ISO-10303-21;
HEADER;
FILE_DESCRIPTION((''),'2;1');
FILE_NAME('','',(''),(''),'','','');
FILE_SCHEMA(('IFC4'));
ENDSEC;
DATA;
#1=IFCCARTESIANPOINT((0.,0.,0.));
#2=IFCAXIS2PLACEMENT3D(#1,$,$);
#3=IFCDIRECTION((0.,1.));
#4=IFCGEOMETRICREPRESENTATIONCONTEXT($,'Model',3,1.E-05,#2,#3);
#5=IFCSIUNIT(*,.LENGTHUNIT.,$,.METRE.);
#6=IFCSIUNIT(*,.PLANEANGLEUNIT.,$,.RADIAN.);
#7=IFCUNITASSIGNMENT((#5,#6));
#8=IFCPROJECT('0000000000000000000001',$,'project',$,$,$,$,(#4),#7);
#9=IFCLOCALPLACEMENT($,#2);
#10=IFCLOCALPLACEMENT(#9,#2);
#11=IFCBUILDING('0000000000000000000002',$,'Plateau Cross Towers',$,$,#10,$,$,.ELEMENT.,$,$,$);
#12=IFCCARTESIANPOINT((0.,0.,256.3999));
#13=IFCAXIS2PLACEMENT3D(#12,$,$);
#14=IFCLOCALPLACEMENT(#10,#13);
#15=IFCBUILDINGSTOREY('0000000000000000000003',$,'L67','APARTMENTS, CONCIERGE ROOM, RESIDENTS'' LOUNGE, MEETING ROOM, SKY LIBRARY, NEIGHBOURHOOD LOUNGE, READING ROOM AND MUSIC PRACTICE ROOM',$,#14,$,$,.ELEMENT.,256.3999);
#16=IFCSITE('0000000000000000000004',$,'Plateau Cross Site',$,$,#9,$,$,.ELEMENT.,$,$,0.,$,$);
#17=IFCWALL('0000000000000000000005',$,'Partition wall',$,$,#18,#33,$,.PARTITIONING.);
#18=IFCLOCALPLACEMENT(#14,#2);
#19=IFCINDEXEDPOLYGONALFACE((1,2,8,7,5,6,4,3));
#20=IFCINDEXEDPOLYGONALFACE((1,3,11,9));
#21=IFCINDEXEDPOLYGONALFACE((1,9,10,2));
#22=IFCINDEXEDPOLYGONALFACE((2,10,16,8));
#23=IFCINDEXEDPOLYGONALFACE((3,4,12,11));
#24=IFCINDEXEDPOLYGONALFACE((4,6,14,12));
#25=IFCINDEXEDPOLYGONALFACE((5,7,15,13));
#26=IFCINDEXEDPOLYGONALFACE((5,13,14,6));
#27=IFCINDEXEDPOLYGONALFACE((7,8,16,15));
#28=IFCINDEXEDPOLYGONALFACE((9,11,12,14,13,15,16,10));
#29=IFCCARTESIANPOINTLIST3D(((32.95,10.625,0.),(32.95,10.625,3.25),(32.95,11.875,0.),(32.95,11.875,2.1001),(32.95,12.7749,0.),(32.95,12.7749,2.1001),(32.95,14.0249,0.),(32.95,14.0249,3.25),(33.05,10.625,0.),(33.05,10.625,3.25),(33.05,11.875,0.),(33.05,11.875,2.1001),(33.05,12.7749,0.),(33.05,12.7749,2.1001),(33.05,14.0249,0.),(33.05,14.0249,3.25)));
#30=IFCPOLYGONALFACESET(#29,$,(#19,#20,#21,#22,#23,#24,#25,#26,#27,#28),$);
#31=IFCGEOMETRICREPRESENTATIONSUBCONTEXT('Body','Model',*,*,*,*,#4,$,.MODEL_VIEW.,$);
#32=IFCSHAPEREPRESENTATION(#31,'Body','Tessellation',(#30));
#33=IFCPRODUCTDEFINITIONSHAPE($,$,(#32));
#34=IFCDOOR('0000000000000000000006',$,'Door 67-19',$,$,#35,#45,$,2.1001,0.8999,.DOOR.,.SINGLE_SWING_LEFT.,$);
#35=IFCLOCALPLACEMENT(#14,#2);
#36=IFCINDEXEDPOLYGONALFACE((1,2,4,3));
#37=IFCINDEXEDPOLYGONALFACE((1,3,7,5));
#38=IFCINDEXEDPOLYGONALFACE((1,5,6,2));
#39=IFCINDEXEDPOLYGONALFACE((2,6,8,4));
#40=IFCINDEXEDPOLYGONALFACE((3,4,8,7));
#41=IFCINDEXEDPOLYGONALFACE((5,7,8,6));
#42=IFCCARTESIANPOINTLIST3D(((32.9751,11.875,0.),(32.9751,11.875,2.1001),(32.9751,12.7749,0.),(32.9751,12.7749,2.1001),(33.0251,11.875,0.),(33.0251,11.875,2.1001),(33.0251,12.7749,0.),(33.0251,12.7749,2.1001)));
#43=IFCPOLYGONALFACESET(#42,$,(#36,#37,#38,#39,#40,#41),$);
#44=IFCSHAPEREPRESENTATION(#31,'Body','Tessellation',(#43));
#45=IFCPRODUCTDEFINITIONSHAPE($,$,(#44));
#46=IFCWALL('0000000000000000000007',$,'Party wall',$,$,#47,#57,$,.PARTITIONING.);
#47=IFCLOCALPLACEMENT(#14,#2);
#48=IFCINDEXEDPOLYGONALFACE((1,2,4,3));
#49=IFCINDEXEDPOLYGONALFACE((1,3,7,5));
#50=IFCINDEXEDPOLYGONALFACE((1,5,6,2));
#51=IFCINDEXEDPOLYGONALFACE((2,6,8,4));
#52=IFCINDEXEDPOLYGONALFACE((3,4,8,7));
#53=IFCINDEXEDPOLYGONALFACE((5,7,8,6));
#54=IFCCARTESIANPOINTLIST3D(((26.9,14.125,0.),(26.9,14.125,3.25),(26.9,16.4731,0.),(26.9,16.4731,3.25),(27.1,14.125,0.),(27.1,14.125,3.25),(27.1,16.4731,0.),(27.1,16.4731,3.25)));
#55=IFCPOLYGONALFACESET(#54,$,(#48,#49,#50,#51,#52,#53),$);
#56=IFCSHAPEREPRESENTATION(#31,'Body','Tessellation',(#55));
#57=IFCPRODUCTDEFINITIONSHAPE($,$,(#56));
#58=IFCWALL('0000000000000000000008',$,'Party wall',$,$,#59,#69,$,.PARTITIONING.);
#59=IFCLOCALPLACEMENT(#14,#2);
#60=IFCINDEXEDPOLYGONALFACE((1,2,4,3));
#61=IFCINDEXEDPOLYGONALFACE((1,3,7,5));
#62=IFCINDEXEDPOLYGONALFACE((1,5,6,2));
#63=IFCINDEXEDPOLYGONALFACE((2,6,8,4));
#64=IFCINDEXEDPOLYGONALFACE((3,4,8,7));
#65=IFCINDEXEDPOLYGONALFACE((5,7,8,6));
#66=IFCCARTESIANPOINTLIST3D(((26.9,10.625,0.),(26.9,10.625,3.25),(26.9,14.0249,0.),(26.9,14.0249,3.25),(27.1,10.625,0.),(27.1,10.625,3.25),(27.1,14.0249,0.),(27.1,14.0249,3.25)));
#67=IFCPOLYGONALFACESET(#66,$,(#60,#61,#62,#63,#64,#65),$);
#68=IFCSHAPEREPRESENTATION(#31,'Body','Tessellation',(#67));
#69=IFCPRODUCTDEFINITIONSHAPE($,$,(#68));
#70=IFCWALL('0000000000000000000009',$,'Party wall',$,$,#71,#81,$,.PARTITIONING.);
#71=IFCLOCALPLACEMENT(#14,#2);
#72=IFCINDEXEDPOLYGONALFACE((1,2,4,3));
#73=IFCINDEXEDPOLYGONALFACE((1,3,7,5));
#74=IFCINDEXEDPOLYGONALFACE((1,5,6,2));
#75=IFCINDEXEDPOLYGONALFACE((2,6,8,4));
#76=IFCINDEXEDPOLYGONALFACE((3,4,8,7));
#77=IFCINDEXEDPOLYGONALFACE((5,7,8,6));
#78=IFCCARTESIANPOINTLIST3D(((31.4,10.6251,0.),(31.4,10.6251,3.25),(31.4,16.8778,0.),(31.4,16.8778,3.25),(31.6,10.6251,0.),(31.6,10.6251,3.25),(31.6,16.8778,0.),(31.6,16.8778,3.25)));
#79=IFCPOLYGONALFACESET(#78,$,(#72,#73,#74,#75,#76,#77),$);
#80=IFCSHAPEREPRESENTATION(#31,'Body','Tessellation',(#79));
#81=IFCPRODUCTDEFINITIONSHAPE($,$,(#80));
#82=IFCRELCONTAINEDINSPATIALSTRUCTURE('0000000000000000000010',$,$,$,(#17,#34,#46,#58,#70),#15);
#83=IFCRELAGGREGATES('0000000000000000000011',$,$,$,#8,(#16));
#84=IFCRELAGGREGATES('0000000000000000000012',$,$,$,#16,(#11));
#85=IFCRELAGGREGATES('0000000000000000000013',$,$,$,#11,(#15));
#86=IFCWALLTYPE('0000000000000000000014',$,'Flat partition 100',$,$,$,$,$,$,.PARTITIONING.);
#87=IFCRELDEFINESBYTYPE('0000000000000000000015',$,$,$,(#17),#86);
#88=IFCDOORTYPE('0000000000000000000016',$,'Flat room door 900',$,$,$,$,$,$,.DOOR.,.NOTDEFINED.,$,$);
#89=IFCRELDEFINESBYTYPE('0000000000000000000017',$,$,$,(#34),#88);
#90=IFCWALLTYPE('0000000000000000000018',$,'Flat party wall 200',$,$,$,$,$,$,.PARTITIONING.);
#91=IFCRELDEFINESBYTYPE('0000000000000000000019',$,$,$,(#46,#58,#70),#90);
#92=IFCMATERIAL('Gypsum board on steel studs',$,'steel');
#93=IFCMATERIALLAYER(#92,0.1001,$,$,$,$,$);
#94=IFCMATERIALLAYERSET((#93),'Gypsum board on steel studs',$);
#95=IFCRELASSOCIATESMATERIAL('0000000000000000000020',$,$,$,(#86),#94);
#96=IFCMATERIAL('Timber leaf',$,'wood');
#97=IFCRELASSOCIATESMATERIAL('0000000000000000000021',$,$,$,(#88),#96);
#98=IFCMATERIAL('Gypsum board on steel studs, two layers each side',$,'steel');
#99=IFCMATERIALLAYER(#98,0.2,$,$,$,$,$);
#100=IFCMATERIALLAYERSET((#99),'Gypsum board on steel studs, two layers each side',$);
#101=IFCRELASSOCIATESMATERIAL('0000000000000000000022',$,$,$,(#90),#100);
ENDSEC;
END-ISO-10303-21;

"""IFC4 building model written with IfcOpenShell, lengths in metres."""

from ifc_helpers import new_model, si_unit, direction, frame, frame_2d, origin, place, context, subcontext, project, spatial, rectangle, extrude, material, layer, layer_set, type_object, element, fill, save


model = new_model("IFC4")

# Units and contexts
model_context = context("Model", 3, precision=1e-05, world=origin(), true_north=direction((0.0, 1.0)))
body_context = subcontext(model_context, "Body", "Model", "MODEL_VIEW")
ifc_project = project(units=[si_unit("LENGTHUNIT", "METRE"), si_unit("PLANEANGLEUNIT", "RADIAN")], contexts=[model_context])

# Site, building, storey
site_placement = place(None, origin())
site = spatial("IfcSite", under=ifc_project, at=site_placement, Name="Plateau Cross Site", CompositionType="ELEMENT", RefElevation=0.0)
building_placement = place(site_placement, origin())
building = spatial("IfcBuilding", under=site, at=building_placement, Name="Plateau Cross Towers", CompositionType="ELEMENT")
storey_placement = place(building_placement, frame((0.0, 0.0, 256.3999)))
storey = spatial("IfcBuildingStorey", under=building, at=storey_placement, Name="L67", Description="APARTMENTS, CONCIERGE ROOM, RESIDENTS' LOUNGE, MEETING ROOM, SKY LIBRARY, NEIGHBOURHOOD LOUNGE, READING ROOM AND MUSIC PRACTICE ROOM", CompositionType="ELEMENT", Elevation=256.3999)

# Shared definitions
ifc_material_1 = material(Name="Gypsum board on steel studs", Category="steel")
ifc_layer_1 = layer(ifc_material_1, 0.1001)
ifc_layer_set_1 = layer_set([ifc_layer_1], Name="Gypsum board on steel studs")
wall_type_1 = type_object("IfcWallType", Name="Flat partition 100", PredefinedType="PARTITIONING", material=ifc_layer_set_1)

# Wall, opening, door
ifc_material_2 = material(Name="Timber leaf", Category="wood")
door_type = type_object("IfcDoorType", Name="Flat room door 900", OperationType="NOTDEFINED", PredefinedType="DOOR", material=ifc_material_2)
wall_1_placement = place(storey_placement, frame((33.0, 10.625, 0.0), z_axis=(0.0, 0.0, 1.0), x_axis=(0.0, 1.0, 0.0)))
wall_1 = element("IfcWall", 1, at=wall_1_placement, inside=storey, type_object=wall_type_1, Name="Partition wall", PredefinedType="PARTITIONING", context=body_context, shape_type="SweptSolid", body=[
    extrude(rectangle(XDim=3.3999, YDim=0.1001, at=frame_2d((1.7, 0.0))), origin(), (0.0, 0.0, 1.0), 3.25),
])
opening_1_placement = place(wall_1_placement, frame((1.25, 0.0, 0.0)))
opening_1 = element("IfcOpeningElement", 2, at=opening_1_placement, cuts=wall_1, PredefinedType="OPENING", context=body_context, shape_type="SweptSolid", body=[
    extrude(rectangle(XDim=0.8999, YDim=2.1001, at=frame_2d((0.45, 1.05))), frame((0.0, 0.0601, 0.0), z_axis=(0.0, -1.0, 0.0), x_axis=(1.0, 0.0, 0.0)), (0.0, 0.0, 1.0), 0.1201),
])
door_1_placement = place(opening_1_placement, origin())
door_1 = element("IfcDoor", 3, at=door_1_placement, inside=storey, type_object=door_type, Name="Door 67-19", OperationType="SINGLE_SWING_LEFT", OverallHeight=2.1001, OverallWidth=0.8999, PredefinedType="DOOR", context=body_context, shape_type="SweptSolid", body=[
    extrude(rectangle(XDim=0.8999, YDim=2.1001, at=frame_2d((0.45, 1.05))), frame((0.0, 0.0249, 0.0), z_axis=(0.0, -1.0, 0.0), x_axis=(1.0, 0.0, 0.0)), (0.0, 0.0, 1.0), 0.05),
])
fill(opening_1, door_1)

# Walls
ifc_material_3 = material(Name="Gypsum board on steel studs, two layers each side", Category="steel")
ifc_layer_2 = layer(ifc_material_3, 0.2)
ifc_layer_set_2 = layer_set([ifc_layer_2], Name="Gypsum board on steel studs, two layers each side")
wall_type_2 = type_object("IfcWallType", Name="Flat party wall 200", PredefinedType="PARTITIONING", material=ifc_layer_set_2)
wall_2_placement = place(storey_placement, frame((27.0, 16.4731, 0.0), z_axis=(0.0, 0.0, 1.0), x_axis=(0.0, -1.0, 0.0)))
element("IfcWall", 4, at=wall_2_placement, inside=storey, type_object=wall_type_2, Name="Party wall", PredefinedType="PARTITIONING", context=body_context, shape_type="SweptSolid", body=[
    extrude(rectangle(XDim=2.3481, YDim=0.2, at=frame_2d((1.1741, 0.0))), origin(), (0.0, 0.0, 1.0), 3.25),
])
wall_3_placement = place(storey_placement, frame((27.0, 10.625, 0.0), z_axis=(0.0, 0.0, 1.0), x_axis=(0.0, 1.0, 0.0)))
element("IfcWall", 5, at=wall_3_placement, inside=storey, type_object=wall_type_2, Name="Party wall", PredefinedType="PARTITIONING", context=body_context, shape_type="SweptSolid", body=[
    extrude(rectangle(XDim=3.3999, YDim=0.2, at=frame_2d((1.7, 0.0))), origin(), (0.0, 0.0, 1.0), 3.25),
])
wall_4_placement = place(storey_placement, frame((31.5, 10.625, 0.0), z_axis=(0.0, 0.0, 1.0), x_axis=(0.0, 1.0, 0.0)))
element("IfcWall", 6, at=wall_4_placement, inside=storey, type_object=wall_type_2, Name="Party wall", PredefinedType="PARTITIONING", context=body_context, shape_type="SweptSolid", body=[
    extrude(rectangle(XDim=6.2527, YDim=0.2, at=frame_2d((3.1265, 0.0))), origin(), (0.0, 0.0, 1.0), 3.25),
])

save(model, "model.ifc")
